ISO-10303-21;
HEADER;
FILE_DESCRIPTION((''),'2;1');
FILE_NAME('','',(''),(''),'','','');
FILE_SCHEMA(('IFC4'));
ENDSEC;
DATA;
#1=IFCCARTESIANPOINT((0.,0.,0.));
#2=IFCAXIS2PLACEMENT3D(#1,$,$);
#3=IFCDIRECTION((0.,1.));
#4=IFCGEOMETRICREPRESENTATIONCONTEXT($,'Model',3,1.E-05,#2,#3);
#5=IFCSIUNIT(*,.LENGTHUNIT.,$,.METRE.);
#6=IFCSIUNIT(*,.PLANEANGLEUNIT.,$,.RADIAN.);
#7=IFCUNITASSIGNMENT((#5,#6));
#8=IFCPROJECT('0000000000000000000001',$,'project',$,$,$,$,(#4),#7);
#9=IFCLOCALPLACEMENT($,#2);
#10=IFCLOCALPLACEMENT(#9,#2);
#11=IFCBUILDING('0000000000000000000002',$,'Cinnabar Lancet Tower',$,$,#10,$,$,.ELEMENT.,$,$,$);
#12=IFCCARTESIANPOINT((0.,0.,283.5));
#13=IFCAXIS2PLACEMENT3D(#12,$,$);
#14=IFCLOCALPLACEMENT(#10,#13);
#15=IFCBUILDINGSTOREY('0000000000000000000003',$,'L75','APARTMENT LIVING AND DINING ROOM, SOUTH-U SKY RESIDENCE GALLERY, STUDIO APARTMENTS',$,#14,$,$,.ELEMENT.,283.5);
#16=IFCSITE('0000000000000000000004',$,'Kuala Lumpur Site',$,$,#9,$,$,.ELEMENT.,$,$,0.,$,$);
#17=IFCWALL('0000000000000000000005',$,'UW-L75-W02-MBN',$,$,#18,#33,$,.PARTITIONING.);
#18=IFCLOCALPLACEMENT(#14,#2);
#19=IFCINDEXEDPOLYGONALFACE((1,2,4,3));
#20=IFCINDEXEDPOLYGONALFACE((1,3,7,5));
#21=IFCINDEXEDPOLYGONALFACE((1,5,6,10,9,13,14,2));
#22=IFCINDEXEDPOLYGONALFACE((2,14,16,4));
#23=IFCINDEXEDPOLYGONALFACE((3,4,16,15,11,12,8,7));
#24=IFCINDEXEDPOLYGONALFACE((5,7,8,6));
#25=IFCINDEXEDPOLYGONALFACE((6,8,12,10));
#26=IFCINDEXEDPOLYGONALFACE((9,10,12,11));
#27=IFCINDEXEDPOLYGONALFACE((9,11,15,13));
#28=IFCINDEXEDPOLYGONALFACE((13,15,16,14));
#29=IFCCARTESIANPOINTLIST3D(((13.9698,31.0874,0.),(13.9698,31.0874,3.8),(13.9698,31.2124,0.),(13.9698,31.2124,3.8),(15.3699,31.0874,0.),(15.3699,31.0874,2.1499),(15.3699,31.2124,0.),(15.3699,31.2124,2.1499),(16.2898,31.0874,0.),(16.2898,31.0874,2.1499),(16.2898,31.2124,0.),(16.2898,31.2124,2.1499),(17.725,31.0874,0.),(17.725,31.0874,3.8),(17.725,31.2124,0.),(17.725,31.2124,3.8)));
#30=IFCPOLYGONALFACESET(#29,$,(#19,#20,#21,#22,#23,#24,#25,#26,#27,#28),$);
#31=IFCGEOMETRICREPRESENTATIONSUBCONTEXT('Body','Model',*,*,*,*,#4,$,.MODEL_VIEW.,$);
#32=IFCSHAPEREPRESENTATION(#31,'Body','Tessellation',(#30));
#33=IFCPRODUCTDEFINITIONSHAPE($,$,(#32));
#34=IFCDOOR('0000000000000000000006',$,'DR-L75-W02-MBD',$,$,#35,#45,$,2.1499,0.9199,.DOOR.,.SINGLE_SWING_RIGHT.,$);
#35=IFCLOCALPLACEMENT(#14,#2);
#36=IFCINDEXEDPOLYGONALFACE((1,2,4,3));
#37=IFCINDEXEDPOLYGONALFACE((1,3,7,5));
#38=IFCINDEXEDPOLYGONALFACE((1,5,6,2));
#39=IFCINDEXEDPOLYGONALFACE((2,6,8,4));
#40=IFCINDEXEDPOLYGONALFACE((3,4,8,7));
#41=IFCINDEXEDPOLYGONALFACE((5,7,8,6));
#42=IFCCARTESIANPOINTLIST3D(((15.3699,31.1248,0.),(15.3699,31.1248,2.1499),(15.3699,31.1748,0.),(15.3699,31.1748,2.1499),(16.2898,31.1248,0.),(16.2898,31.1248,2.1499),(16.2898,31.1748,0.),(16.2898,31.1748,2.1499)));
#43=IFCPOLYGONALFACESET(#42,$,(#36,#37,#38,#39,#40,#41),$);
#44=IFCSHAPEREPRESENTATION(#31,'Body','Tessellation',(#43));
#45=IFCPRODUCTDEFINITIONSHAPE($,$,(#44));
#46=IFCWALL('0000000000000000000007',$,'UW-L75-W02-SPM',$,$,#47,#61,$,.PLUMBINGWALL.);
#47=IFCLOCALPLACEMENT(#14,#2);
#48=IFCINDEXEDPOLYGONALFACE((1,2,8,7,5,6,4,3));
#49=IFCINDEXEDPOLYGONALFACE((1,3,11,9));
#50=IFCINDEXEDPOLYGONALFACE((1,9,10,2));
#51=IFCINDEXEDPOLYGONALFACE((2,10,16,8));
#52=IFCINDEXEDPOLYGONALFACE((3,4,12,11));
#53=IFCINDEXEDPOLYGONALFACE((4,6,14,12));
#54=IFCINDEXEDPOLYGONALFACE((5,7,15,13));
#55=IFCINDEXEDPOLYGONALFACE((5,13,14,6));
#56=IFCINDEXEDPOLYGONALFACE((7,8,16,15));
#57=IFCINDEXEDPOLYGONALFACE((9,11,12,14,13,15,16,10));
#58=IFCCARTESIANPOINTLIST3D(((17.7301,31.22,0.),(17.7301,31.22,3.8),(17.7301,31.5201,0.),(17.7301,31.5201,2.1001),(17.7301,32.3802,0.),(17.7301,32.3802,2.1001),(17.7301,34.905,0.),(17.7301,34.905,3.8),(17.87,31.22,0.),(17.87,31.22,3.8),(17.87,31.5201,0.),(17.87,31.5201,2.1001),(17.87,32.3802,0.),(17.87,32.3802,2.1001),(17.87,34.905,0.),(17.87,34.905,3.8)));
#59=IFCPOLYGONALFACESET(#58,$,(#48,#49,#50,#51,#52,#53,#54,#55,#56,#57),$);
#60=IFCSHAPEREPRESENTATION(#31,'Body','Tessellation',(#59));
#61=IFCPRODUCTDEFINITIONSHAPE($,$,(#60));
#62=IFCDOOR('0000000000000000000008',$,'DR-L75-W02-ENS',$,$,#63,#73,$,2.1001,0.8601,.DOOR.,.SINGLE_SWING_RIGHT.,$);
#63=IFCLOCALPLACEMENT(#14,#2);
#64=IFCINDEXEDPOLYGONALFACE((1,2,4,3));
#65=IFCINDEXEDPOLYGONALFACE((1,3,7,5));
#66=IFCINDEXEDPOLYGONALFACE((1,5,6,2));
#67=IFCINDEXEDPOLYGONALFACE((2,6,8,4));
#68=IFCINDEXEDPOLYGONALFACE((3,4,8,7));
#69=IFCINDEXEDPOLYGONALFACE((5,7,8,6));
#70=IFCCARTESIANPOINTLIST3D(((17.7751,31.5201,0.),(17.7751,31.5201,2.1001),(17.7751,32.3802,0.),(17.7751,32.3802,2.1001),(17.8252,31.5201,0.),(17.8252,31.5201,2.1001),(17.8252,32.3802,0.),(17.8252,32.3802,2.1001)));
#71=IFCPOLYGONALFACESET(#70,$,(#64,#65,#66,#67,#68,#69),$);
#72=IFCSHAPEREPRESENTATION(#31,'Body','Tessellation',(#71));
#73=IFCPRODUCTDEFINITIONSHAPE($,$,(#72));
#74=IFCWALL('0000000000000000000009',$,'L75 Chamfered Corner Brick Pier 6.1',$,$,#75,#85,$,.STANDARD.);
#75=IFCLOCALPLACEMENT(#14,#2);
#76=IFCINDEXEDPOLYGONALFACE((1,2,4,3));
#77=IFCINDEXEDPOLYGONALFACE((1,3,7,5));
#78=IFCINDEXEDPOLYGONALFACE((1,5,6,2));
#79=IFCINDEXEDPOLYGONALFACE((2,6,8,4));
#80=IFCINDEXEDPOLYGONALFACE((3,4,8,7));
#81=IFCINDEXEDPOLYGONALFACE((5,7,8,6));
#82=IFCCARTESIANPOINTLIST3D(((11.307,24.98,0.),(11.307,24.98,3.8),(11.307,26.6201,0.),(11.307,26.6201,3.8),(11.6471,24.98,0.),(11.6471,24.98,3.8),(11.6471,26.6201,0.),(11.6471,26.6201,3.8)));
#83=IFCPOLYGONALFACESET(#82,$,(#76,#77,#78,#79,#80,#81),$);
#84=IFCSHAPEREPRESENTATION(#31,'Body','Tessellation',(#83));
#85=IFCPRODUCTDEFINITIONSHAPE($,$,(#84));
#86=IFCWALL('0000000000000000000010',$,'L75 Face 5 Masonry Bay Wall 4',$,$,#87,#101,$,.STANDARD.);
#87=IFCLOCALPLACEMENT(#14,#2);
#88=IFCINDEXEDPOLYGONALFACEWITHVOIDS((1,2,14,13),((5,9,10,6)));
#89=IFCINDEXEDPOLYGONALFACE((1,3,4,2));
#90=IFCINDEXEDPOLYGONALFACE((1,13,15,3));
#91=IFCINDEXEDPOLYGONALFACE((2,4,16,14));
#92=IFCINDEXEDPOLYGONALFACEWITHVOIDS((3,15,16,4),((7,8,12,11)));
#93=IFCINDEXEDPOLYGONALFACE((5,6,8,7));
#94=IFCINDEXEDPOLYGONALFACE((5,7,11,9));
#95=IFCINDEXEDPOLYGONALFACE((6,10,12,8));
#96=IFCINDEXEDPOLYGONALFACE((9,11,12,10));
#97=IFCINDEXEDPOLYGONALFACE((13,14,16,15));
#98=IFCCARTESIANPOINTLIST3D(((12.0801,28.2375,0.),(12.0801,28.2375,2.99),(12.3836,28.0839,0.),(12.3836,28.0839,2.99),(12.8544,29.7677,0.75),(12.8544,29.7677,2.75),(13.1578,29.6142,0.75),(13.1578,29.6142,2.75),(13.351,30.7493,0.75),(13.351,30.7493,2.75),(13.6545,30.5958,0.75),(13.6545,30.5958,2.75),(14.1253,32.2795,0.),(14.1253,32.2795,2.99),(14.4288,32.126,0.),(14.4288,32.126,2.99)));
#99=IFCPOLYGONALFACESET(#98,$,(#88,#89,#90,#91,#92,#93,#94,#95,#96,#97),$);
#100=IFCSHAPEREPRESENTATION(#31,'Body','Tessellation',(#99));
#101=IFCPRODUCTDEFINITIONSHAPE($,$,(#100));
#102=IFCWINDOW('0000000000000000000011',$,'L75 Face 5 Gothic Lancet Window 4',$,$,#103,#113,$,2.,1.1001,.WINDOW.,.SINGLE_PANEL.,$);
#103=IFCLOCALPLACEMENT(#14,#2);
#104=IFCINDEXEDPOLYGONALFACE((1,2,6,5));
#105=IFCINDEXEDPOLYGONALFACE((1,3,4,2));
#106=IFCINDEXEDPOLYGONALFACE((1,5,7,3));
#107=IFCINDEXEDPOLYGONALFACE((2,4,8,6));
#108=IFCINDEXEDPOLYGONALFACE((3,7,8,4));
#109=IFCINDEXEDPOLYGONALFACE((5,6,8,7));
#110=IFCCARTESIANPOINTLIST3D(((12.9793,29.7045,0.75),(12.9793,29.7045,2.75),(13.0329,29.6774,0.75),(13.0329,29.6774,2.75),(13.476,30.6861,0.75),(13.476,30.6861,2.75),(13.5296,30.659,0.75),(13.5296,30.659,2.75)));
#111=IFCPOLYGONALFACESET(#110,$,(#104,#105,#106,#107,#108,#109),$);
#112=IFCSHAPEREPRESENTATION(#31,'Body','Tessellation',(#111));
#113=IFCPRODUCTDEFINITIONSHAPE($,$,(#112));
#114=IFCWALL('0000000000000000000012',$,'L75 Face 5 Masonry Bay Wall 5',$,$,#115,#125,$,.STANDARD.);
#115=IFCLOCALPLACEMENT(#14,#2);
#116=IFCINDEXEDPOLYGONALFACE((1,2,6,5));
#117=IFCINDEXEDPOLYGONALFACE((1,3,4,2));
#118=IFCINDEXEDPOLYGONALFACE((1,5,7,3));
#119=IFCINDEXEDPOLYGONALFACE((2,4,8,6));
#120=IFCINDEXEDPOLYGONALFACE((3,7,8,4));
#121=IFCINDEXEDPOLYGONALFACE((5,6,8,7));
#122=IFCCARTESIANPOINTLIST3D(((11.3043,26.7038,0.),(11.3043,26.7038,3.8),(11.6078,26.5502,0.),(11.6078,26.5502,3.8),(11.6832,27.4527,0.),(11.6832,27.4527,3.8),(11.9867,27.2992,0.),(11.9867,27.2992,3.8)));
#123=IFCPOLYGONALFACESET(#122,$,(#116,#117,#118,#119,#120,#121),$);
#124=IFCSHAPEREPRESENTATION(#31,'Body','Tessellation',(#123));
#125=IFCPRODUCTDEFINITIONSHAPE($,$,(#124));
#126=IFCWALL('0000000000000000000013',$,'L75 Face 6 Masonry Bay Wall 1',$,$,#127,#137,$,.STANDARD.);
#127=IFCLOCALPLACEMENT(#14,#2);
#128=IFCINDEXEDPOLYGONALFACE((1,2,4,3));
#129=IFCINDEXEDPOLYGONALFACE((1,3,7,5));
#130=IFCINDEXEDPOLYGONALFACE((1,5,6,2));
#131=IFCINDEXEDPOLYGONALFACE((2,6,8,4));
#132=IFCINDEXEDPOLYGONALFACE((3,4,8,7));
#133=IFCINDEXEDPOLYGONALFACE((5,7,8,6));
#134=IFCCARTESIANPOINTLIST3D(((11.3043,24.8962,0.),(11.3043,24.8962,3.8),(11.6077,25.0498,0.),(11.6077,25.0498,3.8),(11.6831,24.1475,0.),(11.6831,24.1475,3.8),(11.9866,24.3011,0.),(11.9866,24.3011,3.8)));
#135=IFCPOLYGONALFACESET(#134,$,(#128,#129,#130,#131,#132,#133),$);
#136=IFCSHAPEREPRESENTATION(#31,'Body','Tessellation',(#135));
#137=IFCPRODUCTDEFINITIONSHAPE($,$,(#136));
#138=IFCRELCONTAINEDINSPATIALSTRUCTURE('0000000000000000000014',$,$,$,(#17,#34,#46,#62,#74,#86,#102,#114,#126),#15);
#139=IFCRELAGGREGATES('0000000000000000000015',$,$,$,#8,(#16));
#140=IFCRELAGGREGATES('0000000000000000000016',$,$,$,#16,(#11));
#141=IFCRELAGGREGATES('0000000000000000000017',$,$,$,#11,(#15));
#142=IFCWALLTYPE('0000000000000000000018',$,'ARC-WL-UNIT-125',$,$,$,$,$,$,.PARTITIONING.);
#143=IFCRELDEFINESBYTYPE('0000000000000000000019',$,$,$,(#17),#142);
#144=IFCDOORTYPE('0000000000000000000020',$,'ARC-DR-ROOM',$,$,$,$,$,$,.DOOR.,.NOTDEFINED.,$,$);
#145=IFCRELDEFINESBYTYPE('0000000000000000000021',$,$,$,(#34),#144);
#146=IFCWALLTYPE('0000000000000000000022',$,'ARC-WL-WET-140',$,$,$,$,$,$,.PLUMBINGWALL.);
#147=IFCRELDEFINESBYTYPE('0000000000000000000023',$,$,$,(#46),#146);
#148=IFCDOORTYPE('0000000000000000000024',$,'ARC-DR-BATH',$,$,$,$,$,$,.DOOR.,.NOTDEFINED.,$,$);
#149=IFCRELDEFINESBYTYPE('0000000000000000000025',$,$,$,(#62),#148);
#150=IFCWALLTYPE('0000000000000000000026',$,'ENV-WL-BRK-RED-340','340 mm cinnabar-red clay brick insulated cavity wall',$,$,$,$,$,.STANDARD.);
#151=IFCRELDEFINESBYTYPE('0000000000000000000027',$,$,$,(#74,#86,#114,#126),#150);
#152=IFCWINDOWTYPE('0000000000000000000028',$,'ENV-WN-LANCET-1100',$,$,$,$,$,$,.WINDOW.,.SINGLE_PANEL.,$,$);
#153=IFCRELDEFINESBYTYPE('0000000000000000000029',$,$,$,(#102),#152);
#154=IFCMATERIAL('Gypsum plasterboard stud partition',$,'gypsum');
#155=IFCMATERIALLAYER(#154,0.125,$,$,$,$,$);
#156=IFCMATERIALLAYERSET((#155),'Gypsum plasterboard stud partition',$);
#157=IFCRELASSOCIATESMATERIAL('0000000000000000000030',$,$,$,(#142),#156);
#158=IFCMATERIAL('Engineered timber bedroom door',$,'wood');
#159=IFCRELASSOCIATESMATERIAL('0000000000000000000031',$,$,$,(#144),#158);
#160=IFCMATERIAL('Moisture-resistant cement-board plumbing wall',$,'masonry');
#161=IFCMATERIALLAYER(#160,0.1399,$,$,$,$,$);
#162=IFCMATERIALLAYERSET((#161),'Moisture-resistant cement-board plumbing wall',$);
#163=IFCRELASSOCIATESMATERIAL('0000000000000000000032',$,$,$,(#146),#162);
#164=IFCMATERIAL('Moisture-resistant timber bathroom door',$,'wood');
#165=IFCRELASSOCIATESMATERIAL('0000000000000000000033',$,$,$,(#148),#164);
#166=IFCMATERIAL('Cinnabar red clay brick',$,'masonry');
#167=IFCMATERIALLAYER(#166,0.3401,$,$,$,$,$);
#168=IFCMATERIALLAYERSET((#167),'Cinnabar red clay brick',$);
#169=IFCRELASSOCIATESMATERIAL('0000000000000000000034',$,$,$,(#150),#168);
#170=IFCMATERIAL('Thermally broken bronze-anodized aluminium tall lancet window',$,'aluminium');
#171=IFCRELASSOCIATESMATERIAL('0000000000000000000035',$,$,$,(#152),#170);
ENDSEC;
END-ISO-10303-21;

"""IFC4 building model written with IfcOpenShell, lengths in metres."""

from ifc_helpers import new_model, si_unit, direction, frame, frame_2d, origin, place, context, subcontext, project, spatial, rectangle, extrude, material, layer, layer_set, type_object, element, fill, save


model = new_model("IFC4")

# Units and contexts
model_context = context("Model", 3, precision=1e-05, world=origin(), true_north=direction((0.0, 1.0)))
body_context = subcontext(model_context, "Body", "Model", "MODEL_VIEW")
ifc_project = project(units=[si_unit("LENGTHUNIT", "METRE"), si_unit("PLANEANGLEUNIT", "RADIAN")], contexts=[model_context])

# Site, building, storey
site_placement = place(None, origin())
site = spatial("IfcSite", under=ifc_project, at=site_placement, Name="Kuala Lumpur Site", CompositionType="ELEMENT", RefElevation=0.0)
building_placement = place(site_placement, origin())
building = spatial("IfcBuilding", under=site, at=building_placement, Name="Cinnabar Lancet Tower", CompositionType="ELEMENT")
storey_placement = place(building_placement, frame((0.0, 0.0, 283.5)))
storey = spatial("IfcBuildingStorey", under=building, at=storey_placement, Name="L75", Description="APARTMENT LIVING AND DINING ROOM, SOUTH-U SKY RESIDENCE GALLERY, STUDIO APARTMENTS", CompositionType="ELEMENT", Elevation=283.5)

# Wall, opening, door
ifc_material_1 = material(Name="Gypsum plasterboard stud partition", Category="gypsum")
ifc_layer_1 = layer(ifc_material_1, 0.125)
ifc_layer_set_1 = layer_set([ifc_layer_1], Name="Gypsum plasterboard stud partition")
wall_type_1 = type_object("IfcWallType", Name="ARC-WL-UNIT-125", PredefinedType="PARTITIONING", material=ifc_layer_set_1)
wall_1_placement = place(storey_placement, frame((13.97, 31.1499, 0.0), z_axis=(0.0, 0.0, 1.0), x_axis=(1.0, 0.0, 0.0)))
wall_1 = element("IfcWall", 1, at=wall_1_placement, inside=storey, type_object=wall_type_1, Name="UW-L75-W02-MBN", PredefinedType="PARTITIONING", context=body_context, shape_type="SweptSolid", body=[
    extrude(rectangle(XDim=3.7551, YDim=0.125, at=frame_2d((1.8774, 0.0))), origin(), (0.0, 0.0, 1.0), 3.8),
])
opening_1_placement = place(wall_1_placement, frame((1.3999, 0.0, 0.0)))
opening_1 = element("IfcOpeningElement", 2, at=opening_1_placement, cuts=wall_1, PredefinedType="OPENING", context=body_context, shape_type="SweptSolid", body=[
    extrude(rectangle(XDim=0.9199, YDim=2.1499, at=frame_2d((0.46, 1.075))), frame((0.0, 0.0725, 0.0), z_axis=(0.0, -1.0, 0.0), x_axis=(1.0, 0.0, 0.0)), (0.0, 0.0, 1.0), 0.145),
])
ifc_material_2 = material(Name="Engineered timber bedroom door", Category="wood")
door_type_1 = type_object("IfcDoorType", Name="ARC-DR-ROOM", OperationType="NOTDEFINED", PredefinedType="DOOR", material=ifc_material_2)
door_1_placement = place(opening_1_placement, origin())
door_1 = element("IfcDoor", 3, at=door_1_placement, inside=storey, type_object=door_type_1, Name="DR-L75-W02-MBD", OperationType="SINGLE_SWING_RIGHT", OverallHeight=2.1499, OverallWidth=0.9199, PredefinedType="DOOR", context=body_context, shape_type="SweptSolid", body=[
    extrude(rectangle(XDim=0.9199, YDim=2.1499, at=frame_2d((0.46, 1.075))), frame((0.0, 0.0249, 0.0), z_axis=(0.0, -1.0, 0.0), x_axis=(1.0, 0.0, 0.0)), (0.0, 0.0, 1.0), 0.05),
])
fill(opening_1, door_1)

# Shared definitions
ifc_material_3 = material(Name="Moisture-resistant cement-board plumbing wall", Category="masonry")
ifc_layer_2 = layer(ifc_material_3, 0.1399)
ifc_layer_set_2 = layer_set([ifc_layer_2], Name="Moisture-resistant cement-board plumbing wall")
wall_type_2 = type_object("IfcWallType", Name="ARC-WL-WET-140", PredefinedType="PLUMBINGWALL", material=ifc_layer_set_2)
ifc_material_4 = material(Name="Moisture-resistant timber bathroom door", Category="wood")
door_type_2 = type_object("IfcDoorType", Name="ARC-DR-BATH", OperationType="NOTDEFINED", PredefinedType="DOOR", material=ifc_material_4)

# Wall, opening, door
wall_2_placement = place(storey_placement, frame((17.8, 31.22, 0.0), z_axis=(0.0, 0.0, 1.0), x_axis=(0.0, 1.0, 0.0)))
wall_2 = element("IfcWall", 4, at=wall_2_placement, inside=storey, type_object=wall_type_2, Name="UW-L75-W02-SPM", PredefinedType="PLUMBINGWALL", context=body_context, shape_type="SweptSolid", body=[
    extrude(rectangle(XDim=3.6851, YDim=0.1399, at=frame_2d((1.8425, 0.0))), origin(), (0.0, 0.0, 1.0), 3.8),
])
opening_2_placement = place(wall_2_placement, frame((0.3, 0.0, 0.0)))
opening_2 = element("IfcOpeningElement", 5, at=opening_2_placement, cuts=wall_2, PredefinedType="OPENING", context=body_context, shape_type="SweptSolid", body=[
    extrude(rectangle(XDim=0.8601, YDim=2.1001, at=frame_2d((0.4302, 1.05))), frame((0.0, 0.0798, 0.0), z_axis=(0.0, -1.0, 0.0), x_axis=(1.0, 0.0, 0.0)), (0.0, 0.0, 1.0), 0.1599),
])
door_2_placement = place(opening_2_placement, origin())
door_2 = element("IfcDoor", 6, at=door_2_placement, inside=storey, type_object=door_type_2, Name="DR-L75-W02-ENS", OperationType="SINGLE_SWING_RIGHT", OverallHeight=2.1001, OverallWidth=0.8601, PredefinedType="DOOR", context=body_context, shape_type="SweptSolid", body=[
    extrude(rectangle(XDim=0.8601, YDim=2.1001, at=frame_2d((0.4302, 1.05))), frame((0.0, 0.0249, 0.0), z_axis=(0.0, -1.0, 0.0), x_axis=(1.0, 0.0, 0.0)), (0.0, 0.0, 1.0), 0.05),
])
fill(opening_2, door_2)

# Wall
ifc_material_5 = material(Name="Cinnabar red clay brick", Category="masonry")
ifc_layer_3 = layer(ifc_material_5, 0.3401)
ifc_layer_set_3 = layer_set([ifc_layer_3], Name="Cinnabar red clay brick")
wall_type_3 = type_object("IfcWallType", Name="ENV-WL-BRK-RED-340", Description="340 mm cinnabar-red clay brick insulated cavity wall", PredefinedType="STANDARD", material=ifc_layer_set_3)
wall_3_placement = place(storey_placement, frame((11.4771, 26.6201, 0.0), z_axis=(0.0, 0.0, 1.0), x_axis=(0.0, -1.0, 0.0)))
element("IfcWall", 7, at=wall_3_placement, inside=storey, type_object=wall_type_3, Name="L75 Chamfered Corner Brick Pier 6.1", PredefinedType="STANDARD", context=body_context, shape_type="SweptSolid", body=[
    extrude(rectangle(XDim=1.6401, YDim=0.3401, at=frame_2d((0.8201, 0.0))), origin(), (0.0, 0.0, 1.0), 3.8),
])

# Wall, opening, window
wall_4_placement = place(storey_placement, frame((14.2771, 32.2029, 0.0), z_axis=(0.0, 0.0, 1.0), x_axis=(-0.451477, -0.892283, 0.0)))
wall_4 = element("IfcWall", 8, at=wall_4_placement, inside=storey, type_object=wall_type_3, Name="L75 Face 5 Masonry Bay Wall 4", PredefinedType="STANDARD", context=body_context, shape_type="SweptSolid", body=[
    extrude(rectangle(XDim=4.53, YDim=0.3401, at=frame_2d((2.2651, 0.0))), origin(), (0.0, 0.0, 1.0), 2.99),
])
opening_3_placement = place(wall_4_placement, frame((1.7151, 0.0, 0.75)))
opening_3 = element("IfcOpeningElement", 9, at=opening_3_placement, cuts=wall_4, PredefinedType="OPENING", context=body_context, shape_type="SweptSolid", body=[
    extrude(rectangle(XDim=1.1001, YDim=2.0, at=frame_2d((0.55, 1.0))), frame((0.0, 0.1799, 0.0), z_axis=(0.0, -1.0, 0.0), x_axis=(1.0, 0.0, 0.0)), (0.0, 0.0, 1.0), 0.3601),
])
ifc_material_6 = material(Name="Thermally broken bronze-anodized aluminium tall lancet window", Category="aluminium")
window_type = type_object("IfcWindowType", Name="ENV-WN-LANCET-1100", PartitioningType="SINGLE_PANEL", PredefinedType="WINDOW", material=ifc_material_6)
window_placement = place(opening_3_placement, origin())
window = element("IfcWindow", 10, at=window_placement, inside=storey, type_object=window_type, Name="L75 Face 5 Gothic Lancet Window 4", OverallHeight=2.0, OverallWidth=1.1001, PartitioningType="SINGLE_PANEL", PredefinedType="WINDOW", context=body_context, shape_type="SweptSolid", body=[
    extrude(rectangle(XDim=1.1001, YDim=2.0, at=frame_2d((0.55, 1.0))), frame((0.0, 0.03, 0.0), z_axis=(0.0, -1.0, 0.0), x_axis=(1.0, 0.0, 0.0)), (0.0, 0.0, 1.0), 0.0601),
])
fill(opening_3, window)

# Walls
wall_5_placement = place(storey_placement, frame((11.835, 27.376, 0.0), z_axis=(0.0, 0.0, 1.0), x_axis=(-0.451397, -0.892323, 0.0)))
element("IfcWall", 11, at=wall_5_placement, inside=storey, type_object=wall_type_3, Name="L75 Face 5 Masonry Bay Wall 5", PredefinedType="STANDARD", context=body_context, shape_type="SweptSolid", body=[
    extrude(rectangle(XDim=0.8394, YDim=0.3401, at=frame_2d((0.4197, 0.0))), origin(), (0.0, 0.0, 1.0), 3.8),
])
wall_6_placement = place(storey_placement, frame((11.4561, 24.9729, 0.0), z_axis=(0.0, 0.0, 1.0), x_axis=(0.451514, -0.892264, 0.0)))
element("IfcWall", 12, at=wall_6_placement, inside=storey, type_object=wall_type_3, Name="L75 Face 6 Masonry Bay Wall 1", PredefinedType="STANDARD", context=body_context, shape_type="SweptSolid", body=[
    extrude(rectangle(XDim=0.8391, YDim=0.3401, at=frame_2d((0.4194, 0.0))), origin(), (0.0, 0.0, 1.0), 3.8),
])

save(model, "model.ifc")
